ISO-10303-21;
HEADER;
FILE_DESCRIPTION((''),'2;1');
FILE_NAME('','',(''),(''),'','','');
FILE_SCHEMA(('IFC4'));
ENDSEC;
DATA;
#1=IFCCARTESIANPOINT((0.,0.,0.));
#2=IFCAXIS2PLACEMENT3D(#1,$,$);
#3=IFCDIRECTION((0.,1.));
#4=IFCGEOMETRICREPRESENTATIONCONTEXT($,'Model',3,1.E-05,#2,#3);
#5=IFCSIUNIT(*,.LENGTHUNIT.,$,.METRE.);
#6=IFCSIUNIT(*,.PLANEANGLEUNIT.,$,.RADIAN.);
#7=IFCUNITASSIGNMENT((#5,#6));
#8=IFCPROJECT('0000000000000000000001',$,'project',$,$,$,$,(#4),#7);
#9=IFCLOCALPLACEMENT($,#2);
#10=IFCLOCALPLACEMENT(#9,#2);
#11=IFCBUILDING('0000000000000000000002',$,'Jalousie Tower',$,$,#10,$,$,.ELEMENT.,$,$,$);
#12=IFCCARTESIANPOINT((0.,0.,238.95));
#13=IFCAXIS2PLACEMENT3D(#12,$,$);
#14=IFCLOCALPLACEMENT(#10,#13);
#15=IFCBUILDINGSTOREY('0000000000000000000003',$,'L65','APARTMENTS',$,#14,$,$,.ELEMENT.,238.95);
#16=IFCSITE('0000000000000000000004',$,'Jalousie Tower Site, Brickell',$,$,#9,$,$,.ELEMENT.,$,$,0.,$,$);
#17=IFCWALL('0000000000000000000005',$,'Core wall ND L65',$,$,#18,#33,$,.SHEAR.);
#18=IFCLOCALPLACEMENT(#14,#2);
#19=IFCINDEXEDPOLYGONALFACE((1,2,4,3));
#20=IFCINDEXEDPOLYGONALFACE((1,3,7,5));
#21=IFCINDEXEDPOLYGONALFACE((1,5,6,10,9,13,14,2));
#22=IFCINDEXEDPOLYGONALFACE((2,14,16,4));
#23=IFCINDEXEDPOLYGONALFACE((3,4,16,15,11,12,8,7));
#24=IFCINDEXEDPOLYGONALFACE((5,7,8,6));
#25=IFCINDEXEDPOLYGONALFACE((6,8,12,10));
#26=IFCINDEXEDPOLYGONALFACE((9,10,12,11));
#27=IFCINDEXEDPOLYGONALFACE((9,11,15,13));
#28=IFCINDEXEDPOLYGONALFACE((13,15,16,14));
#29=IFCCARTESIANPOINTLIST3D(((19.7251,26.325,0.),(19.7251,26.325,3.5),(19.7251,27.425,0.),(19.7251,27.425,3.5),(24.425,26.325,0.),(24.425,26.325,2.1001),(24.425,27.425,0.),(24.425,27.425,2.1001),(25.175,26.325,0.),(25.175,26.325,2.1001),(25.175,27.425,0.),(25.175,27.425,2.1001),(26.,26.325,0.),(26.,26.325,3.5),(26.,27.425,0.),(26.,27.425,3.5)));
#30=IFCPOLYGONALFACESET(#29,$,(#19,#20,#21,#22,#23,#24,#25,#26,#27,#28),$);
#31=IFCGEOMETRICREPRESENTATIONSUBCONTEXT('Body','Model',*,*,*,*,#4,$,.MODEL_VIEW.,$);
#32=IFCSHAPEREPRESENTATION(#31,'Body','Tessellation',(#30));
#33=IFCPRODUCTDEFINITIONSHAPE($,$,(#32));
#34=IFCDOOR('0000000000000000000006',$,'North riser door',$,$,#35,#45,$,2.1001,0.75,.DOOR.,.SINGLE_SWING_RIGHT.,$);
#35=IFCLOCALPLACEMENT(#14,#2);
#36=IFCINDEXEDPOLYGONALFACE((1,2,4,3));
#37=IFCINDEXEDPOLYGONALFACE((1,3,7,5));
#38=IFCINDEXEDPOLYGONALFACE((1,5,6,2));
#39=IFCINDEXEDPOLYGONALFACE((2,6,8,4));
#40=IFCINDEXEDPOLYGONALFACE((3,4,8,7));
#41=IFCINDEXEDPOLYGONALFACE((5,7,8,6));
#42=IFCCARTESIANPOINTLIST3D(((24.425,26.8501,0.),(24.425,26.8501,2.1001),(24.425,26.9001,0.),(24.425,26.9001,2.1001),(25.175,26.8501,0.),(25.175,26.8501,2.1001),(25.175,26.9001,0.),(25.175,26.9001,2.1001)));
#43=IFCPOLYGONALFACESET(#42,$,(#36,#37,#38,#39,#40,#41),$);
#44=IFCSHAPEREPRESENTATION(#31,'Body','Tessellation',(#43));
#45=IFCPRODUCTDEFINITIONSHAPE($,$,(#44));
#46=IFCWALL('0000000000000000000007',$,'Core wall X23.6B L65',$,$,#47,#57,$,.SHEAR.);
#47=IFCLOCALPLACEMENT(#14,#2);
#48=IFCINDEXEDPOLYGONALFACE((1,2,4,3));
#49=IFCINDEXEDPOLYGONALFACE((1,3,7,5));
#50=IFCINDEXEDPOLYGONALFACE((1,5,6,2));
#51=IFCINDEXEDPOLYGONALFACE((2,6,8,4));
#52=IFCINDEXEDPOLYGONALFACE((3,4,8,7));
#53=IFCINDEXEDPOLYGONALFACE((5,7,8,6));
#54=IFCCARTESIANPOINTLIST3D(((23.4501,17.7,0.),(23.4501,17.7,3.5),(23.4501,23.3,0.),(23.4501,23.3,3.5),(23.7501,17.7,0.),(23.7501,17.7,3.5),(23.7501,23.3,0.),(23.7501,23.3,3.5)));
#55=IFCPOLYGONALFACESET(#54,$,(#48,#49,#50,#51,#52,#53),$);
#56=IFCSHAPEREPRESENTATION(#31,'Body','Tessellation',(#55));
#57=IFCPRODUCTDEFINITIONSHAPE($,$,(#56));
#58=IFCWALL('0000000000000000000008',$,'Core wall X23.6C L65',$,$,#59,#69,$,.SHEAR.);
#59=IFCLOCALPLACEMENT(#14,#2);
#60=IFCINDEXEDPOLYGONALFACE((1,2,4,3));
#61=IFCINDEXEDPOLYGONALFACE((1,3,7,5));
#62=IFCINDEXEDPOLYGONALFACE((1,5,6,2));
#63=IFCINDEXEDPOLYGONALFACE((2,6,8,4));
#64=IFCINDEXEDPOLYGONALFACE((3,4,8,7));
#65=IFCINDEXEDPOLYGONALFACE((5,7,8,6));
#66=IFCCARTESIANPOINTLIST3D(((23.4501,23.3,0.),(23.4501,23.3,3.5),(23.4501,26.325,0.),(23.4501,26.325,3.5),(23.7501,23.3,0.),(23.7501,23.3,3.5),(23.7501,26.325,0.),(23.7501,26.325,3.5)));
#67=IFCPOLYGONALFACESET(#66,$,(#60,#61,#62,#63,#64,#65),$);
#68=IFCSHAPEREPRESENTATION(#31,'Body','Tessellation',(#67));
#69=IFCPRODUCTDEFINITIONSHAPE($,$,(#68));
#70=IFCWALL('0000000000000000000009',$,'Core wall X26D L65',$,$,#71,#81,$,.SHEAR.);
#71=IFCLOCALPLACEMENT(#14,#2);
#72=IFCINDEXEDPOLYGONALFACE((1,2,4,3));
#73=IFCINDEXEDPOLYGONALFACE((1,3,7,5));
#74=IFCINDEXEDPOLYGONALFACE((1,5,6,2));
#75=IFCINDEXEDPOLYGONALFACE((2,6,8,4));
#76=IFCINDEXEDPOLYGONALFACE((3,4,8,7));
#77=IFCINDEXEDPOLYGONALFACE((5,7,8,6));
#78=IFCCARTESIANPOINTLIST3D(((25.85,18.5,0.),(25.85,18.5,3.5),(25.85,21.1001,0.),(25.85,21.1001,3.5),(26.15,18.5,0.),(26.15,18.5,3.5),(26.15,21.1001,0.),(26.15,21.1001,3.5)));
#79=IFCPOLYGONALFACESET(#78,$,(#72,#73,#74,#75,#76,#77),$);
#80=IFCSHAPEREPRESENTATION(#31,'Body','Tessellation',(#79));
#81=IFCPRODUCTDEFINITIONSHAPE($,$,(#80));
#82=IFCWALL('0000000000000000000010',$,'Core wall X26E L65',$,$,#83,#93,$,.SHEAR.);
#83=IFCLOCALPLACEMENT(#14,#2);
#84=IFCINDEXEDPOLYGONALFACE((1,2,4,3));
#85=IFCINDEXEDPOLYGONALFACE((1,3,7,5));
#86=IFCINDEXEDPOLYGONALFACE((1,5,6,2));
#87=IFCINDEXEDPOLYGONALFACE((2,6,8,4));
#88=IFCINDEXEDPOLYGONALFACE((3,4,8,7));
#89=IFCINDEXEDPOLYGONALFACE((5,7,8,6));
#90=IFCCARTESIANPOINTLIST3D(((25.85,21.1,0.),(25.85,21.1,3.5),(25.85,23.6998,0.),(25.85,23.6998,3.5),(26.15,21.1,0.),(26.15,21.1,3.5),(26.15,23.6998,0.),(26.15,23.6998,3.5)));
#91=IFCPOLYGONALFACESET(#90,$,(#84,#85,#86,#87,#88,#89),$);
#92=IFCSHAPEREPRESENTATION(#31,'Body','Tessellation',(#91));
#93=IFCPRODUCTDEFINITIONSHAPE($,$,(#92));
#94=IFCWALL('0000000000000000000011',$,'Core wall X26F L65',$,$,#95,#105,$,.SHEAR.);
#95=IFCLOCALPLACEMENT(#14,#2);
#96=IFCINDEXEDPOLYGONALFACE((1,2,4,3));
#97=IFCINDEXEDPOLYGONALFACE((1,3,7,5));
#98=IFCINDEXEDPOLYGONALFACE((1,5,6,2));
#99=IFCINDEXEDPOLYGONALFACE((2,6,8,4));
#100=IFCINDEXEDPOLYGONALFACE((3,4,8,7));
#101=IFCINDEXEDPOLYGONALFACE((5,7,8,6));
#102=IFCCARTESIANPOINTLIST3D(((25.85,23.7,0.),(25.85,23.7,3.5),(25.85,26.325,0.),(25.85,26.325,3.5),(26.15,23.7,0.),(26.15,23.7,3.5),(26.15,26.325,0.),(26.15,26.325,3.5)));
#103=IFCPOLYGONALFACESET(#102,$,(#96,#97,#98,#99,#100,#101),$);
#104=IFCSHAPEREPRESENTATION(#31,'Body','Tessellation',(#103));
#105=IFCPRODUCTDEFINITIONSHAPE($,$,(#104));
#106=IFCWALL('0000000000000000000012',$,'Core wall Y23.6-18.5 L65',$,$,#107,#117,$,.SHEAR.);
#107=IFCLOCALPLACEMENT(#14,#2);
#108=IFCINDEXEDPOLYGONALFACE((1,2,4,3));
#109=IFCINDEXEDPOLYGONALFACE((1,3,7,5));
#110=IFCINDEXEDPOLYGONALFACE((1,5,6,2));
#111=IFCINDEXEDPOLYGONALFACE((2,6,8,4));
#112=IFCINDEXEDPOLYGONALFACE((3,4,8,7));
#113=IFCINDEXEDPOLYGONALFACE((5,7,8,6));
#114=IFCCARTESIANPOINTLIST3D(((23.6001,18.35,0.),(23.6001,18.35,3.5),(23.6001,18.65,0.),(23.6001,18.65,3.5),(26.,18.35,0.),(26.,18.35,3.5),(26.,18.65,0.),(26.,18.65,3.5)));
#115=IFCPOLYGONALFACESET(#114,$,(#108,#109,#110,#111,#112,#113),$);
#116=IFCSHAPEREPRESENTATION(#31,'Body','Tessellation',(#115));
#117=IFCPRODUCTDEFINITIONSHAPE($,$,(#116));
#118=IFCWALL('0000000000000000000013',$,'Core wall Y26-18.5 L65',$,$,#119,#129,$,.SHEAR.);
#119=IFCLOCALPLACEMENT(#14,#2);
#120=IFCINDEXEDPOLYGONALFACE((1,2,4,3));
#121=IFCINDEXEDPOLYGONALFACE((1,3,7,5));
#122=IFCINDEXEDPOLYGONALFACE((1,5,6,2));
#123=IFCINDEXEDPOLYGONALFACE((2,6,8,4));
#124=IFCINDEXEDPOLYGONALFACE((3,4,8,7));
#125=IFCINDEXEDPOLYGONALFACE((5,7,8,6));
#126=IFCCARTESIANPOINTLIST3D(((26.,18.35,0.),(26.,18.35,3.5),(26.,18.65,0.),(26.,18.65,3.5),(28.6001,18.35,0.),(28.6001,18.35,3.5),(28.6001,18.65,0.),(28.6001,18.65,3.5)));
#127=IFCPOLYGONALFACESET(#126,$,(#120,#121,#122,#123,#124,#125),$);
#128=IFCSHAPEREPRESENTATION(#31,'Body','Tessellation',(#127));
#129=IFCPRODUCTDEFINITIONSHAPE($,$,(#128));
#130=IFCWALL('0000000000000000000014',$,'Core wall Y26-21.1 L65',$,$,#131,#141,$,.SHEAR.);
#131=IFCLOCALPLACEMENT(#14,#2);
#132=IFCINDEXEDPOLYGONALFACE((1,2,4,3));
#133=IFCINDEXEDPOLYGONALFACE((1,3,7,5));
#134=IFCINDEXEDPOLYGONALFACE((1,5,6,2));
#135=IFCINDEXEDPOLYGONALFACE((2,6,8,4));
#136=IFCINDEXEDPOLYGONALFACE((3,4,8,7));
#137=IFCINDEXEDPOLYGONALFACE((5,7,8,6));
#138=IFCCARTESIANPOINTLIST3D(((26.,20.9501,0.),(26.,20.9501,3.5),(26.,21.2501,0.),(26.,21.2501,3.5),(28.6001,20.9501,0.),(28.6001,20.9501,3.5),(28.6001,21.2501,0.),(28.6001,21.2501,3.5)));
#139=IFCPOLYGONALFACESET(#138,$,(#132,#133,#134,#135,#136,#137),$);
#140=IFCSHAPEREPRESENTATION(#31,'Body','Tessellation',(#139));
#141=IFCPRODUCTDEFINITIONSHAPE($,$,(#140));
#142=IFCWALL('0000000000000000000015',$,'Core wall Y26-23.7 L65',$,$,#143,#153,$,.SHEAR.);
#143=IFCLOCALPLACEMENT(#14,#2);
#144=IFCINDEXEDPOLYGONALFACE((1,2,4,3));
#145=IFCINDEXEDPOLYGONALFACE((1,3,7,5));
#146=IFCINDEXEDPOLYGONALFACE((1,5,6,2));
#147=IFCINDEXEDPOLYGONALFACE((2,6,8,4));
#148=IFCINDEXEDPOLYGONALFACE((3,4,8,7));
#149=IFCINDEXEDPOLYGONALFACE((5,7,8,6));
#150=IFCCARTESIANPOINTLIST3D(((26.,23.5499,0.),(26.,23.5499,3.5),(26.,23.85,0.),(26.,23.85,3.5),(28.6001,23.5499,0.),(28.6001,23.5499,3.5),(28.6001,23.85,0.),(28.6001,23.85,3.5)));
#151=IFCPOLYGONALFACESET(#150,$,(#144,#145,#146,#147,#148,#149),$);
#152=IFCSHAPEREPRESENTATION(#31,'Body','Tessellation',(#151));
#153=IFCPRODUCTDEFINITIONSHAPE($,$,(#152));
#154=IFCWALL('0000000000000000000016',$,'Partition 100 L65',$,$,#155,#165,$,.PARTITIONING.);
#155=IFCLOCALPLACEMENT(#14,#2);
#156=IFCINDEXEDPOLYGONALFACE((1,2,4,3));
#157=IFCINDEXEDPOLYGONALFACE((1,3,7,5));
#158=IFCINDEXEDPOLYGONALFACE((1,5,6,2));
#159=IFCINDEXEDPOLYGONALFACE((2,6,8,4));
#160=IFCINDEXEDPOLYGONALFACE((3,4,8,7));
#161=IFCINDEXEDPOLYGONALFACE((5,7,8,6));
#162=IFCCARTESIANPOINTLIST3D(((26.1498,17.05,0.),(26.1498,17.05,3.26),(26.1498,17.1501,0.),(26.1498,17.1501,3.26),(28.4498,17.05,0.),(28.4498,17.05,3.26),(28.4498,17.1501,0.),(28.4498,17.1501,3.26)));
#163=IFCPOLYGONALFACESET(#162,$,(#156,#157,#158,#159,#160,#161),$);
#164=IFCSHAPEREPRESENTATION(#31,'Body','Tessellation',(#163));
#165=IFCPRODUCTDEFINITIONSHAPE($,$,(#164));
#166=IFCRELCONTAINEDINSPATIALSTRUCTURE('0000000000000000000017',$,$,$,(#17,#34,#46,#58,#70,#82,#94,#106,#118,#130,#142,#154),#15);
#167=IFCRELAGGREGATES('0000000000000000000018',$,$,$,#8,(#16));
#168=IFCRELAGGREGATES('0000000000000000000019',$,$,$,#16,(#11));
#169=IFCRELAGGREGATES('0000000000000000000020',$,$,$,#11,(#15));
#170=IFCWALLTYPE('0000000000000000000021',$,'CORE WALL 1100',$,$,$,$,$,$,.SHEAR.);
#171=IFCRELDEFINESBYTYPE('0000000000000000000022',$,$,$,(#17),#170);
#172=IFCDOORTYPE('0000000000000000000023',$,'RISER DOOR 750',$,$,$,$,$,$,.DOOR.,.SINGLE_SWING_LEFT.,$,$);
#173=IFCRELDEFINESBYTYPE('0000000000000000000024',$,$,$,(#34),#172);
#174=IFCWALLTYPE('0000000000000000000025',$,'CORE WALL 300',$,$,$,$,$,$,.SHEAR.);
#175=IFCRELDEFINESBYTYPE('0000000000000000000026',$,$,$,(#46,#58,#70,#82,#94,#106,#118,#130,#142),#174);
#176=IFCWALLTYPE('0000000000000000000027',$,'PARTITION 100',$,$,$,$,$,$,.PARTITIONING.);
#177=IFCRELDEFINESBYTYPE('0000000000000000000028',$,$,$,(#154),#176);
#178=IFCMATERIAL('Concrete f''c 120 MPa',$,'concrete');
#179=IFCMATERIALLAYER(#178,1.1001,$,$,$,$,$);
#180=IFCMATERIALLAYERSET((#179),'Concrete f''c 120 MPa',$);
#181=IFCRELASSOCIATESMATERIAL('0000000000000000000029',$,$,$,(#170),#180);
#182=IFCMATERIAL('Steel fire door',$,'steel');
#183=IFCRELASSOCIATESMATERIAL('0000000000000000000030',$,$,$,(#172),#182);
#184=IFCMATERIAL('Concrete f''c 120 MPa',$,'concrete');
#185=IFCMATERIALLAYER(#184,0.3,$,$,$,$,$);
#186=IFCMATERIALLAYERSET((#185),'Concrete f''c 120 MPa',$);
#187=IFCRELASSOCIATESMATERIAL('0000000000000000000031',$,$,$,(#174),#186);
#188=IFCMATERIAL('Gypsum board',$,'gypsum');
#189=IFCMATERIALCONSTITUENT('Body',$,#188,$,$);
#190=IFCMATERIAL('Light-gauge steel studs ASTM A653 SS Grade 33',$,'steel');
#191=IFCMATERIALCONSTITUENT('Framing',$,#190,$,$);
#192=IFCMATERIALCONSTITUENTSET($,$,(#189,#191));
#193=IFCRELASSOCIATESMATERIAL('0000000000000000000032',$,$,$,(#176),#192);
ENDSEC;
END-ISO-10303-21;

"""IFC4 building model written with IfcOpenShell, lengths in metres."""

from ifc_helpers import new_model, si_unit, direction, frame, frame_2d, origin, place, context, subcontext, project, spatial, rectangle, extrude, material, layer, layer_set, constituent, constituent_set, type_object, element, fill, save


model = new_model("IFC4")

# Units and contexts
model_context = context("Model", 3, precision=1e-05, world=origin(), true_north=direction((0.0, 1.0)))
body_context = subcontext(model_context, "Body", "Model", "MODEL_VIEW")
ifc_project = project(units=[si_unit("LENGTHUNIT", "METRE"), si_unit("PLANEANGLEUNIT", "RADIAN")], contexts=[model_context])

# Site, building, storey
site_placement = place(None, origin())
site = spatial("IfcSite", under=ifc_project, at=site_placement, Name="Jalousie Tower Site, Brickell", CompositionType="ELEMENT", RefElevation=0.0)
building_placement = place(site_placement, origin())
building = spatial("IfcBuilding", under=site, at=building_placement, Name="Jalousie Tower", CompositionType="ELEMENT")
storey_placement = place(building_placement, frame((0.0, 0.0, 238.95)))
storey = spatial("IfcBuildingStorey", under=building, at=storey_placement, Name="L65", Description="APARTMENTS", CompositionType="ELEMENT", Elevation=238.95)

# Wall, opening, door
ifc_material_1 = material(Name="Concrete f'c 120 MPa", Category="concrete")
ifc_layer_1 = layer(ifc_material_1, 1.1001)
ifc_layer_set_1 = layer_set([ifc_layer_1], Name="Concrete f'c 120 MPa")
wall_type_1 = type_object("IfcWallType", Name="CORE WALL 1100", PredefinedType="SHEAR", material=ifc_layer_set_1)
wall_1_placement = place(storey_placement, frame((26.0, 26.875, 0.0), z_axis=(0.0, 0.0, 1.0), x_axis=(-1.0, 0.0, 0.0)))
wall_1 = element("IfcWall", 1, at=wall_1_placement, inside=storey, type_object=wall_type_1, Name="Core wall ND L65", PredefinedType="SHEAR", context=body_context, shape_type="SweptSolid", body=[
    extrude(rectangle(XDim=6.2749, YDim=1.1001, at=frame_2d((3.1375, 0.0))), origin(), (0.0, 0.0, 1.0), 3.5),
])
opening_placement = place(wall_1_placement, frame((0.825, 0.0, 0.0)))
opening = element("IfcOpeningElement", 2, at=opening_placement, cuts=wall_1, PredefinedType="OPENING", context=body_context, shape_type="SweptSolid", body=[
    extrude(rectangle(XDim=0.75, YDim=2.1001, at=frame_2d((0.375, 1.05))), frame((0.0, 0.5601, 0.0), z_axis=(0.0, -1.0, 0.0), x_axis=(1.0, 0.0, 0.0)), (0.0, 0.0, 1.0), 1.1201),
])
ifc_material_2 = material(Name="Steel fire door", Category="steel")
door_type = type_object("IfcDoorType", Name="RISER DOOR 750", OperationType="SINGLE_SWING_LEFT", PredefinedType="DOOR", material=ifc_material_2)
door_placement = place(opening_placement, origin())
door = element("IfcDoor", 3, at=door_placement, inside=storey, type_object=door_type, Name="North riser door", OperationType="SINGLE_SWING_RIGHT", OverallHeight=2.1001, OverallWidth=0.75, PredefinedType="DOOR", context=body_context, shape_type="SweptSolid", body=[
    extrude(rectangle(XDim=0.75, YDim=2.1001, at=frame_2d((0.375, 1.05))), frame((0.0, 0.0249, 0.0), z_axis=(0.0, -1.0, 0.0), x_axis=(1.0, 0.0, 0.0)), (0.0, 0.0, 1.0), 0.05),
])
fill(opening, door)

# Walls
ifc_material_3 = material(Name="Concrete f'c 120 MPa", Category="concrete")
ifc_layer_2 = layer(ifc_material_3, 0.3)
ifc_layer_set_2 = layer_set([ifc_layer_2], Name="Concrete f'c 120 MPa")
wall_type_2 = type_object("IfcWallType", Name="CORE WALL 300", PredefinedType="SHEAR", material=ifc_layer_set_2)
wall_2_placement = place(storey_placement, frame((23.6001, 17.7, 0.0), z_axis=(0.0, 0.0, 1.0), x_axis=(0.0, 1.0, 0.0)))
element("IfcWall", 4, at=wall_2_placement, inside=storey, type_object=wall_type_2, Name="Core wall X23.6B L65", PredefinedType="SHEAR", context=body_context, shape_type="SweptSolid", body=[
    extrude(rectangle(XDim=5.6001, YDim=0.3, at=frame_2d((2.8, 0.0))), origin(), (0.0, 0.0, 1.0), 3.5),
])
wall_3_placement = place(storey_placement, frame((23.6001, 23.3, 0.0), z_axis=(0.0, 0.0, 1.0), x_axis=(0.0, 1.0, 0.0)))
element("IfcWall", 5, at=wall_3_placement, inside=storey, type_object=wall_type_2, Name="Core wall X23.6C L65", PredefinedType="SHEAR", context=body_context, shape_type="SweptSolid", body=[
    extrude(rectangle(XDim=3.0249, YDim=0.3, at=frame_2d((1.5125, 0.0))), origin(), (0.0, 0.0, 1.0), 3.5),
])
wall_4_placement = place(storey_placement, frame((26.0, 18.5, 0.0), z_axis=(0.0, 0.0, 1.0), x_axis=(0.0, 1.0, 0.0)))
element("IfcWall", 6, at=wall_4_placement, inside=storey, type_object=wall_type_2, Name="Core wall X26D L65", PredefinedType="SHEAR", context=body_context, shape_type="SweptSolid", body=[
    extrude(rectangle(XDim=2.6001, YDim=0.3, at=frame_2d((1.3, 0.0))), origin(), (0.0, 0.0, 1.0), 3.5),
])
wall_5_placement = place(storey_placement, frame((26.0, 21.1001, 0.0), z_axis=(0.0, 0.0, 1.0), x_axis=(0.0, 1.0, 0.0)))
element("IfcWall", 7, at=wall_5_placement, inside=storey, type_object=wall_type_2, Name="Core wall X26E L65", PredefinedType="SHEAR", context=body_context, shape_type="SweptSolid", body=[
    extrude(rectangle(XDim=2.5999, YDim=0.3, at=frame_2d((1.2998, 0.0))), origin(), (0.0, 0.0, 1.0), 3.5),
])
wall_6_placement = place(storey_placement, frame((26.0, 23.7, 0.0), z_axis=(0.0, 0.0, 1.0), x_axis=(0.0, 1.0, 0.0)))
element("IfcWall", 8, at=wall_6_placement, inside=storey, type_object=wall_type_2, Name="Core wall X26F L65", PredefinedType="SHEAR", context=body_context, shape_type="SweptSolid", body=[
    extrude(rectangle(XDim=2.625, YDim=0.3, at=frame_2d((1.3125, 0.0))), origin(), (0.0, 0.0, 1.0), 3.5),
])
wall_7_placement = place(storey_placement, frame((23.6001, 18.5, 0.0), z_axis=(0.0, 0.0, 1.0), x_axis=(1.0, 0.0, 0.0)))
element("IfcWall", 9, at=wall_7_placement, inside=storey, type_object=wall_type_2, Name="Core wall Y23.6-18.5 L65", PredefinedType="SHEAR", context=body_context, shape_type="SweptSolid", body=[
    extrude(rectangle(XDim=2.3999, YDim=0.3, at=frame_2d((1.2, 0.0))), origin(), (0.0, 0.0, 1.0), 3.5),
])
for number, where, z_axis, x_axis, name in (
    (10, (26.0, 18.5, 0.0), (0.0, 0.0, 1.0), (1.0, 0.0, 0.0), "Core wall Y26-18.5 L65"),
    (11, (26.0, 21.1001, 0.0), (0.0, 0.0, 1.0), (1.0, 0.0, 0.0), "Core wall Y26-21.1 L65"),
    (12, (26.0, 23.7, 0.0), (0.0, 0.0, 1.0), (1.0, 0.0, 0.0), "Core wall Y26-23.7 L65"),
):
    element("IfcWall", number, at=place(storey_placement, frame(where, z_axis=z_axis, x_axis=x_axis)), inside=storey, type_object=wall_type_2, Name=name, PredefinedType="SHEAR", context=body_context, shape_type="SweptSolid", body=[
        extrude(rectangle(XDim=2.6001, YDim=0.3, at=frame_2d((1.3, 0.0))), origin(), (0.0, 0.0, 1.0), 3.5),
    ])
ifc_material_4 = material(Name="Gypsum board", Category="gypsum")
ifc_constituent_1 = constituent(ifc_material_4, Name="Body")
ifc_material_5 = material(Name="Light-gauge steel studs ASTM A653 SS Grade 33", Category="steel")
ifc_constituent_2 = constituent(ifc_material_5, Name="Framing")
ifc_constituent_set = constituent_set(constituents=[ifc_constituent_1, ifc_constituent_2])
wall_type_3 = type_object("IfcWallType", Name="PARTITION 100", PredefinedType="PARTITIONING", material=ifc_constituent_set)
wall_8_placement = place(storey_placement, frame((26.1499, 17.1001, 0.0), z_axis=(0.0, 0.0, 1.0), x_axis=(1.0, 0.0, 0.0)))
element("IfcWall", 13, at=wall_8_placement, inside=storey, type_object=wall_type_3, Name="Partition 100 L65", PredefinedType="PARTITIONING", context=body_context, shape_type="SweptSolid", body=[
    extrude(rectangle(XDim=2.3, YDim=0.1001, at=frame_2d((1.1499, 0.0))), origin(), (0.0, 0.0, 1.0), 3.26),
])

save(model, "model.ifc")
